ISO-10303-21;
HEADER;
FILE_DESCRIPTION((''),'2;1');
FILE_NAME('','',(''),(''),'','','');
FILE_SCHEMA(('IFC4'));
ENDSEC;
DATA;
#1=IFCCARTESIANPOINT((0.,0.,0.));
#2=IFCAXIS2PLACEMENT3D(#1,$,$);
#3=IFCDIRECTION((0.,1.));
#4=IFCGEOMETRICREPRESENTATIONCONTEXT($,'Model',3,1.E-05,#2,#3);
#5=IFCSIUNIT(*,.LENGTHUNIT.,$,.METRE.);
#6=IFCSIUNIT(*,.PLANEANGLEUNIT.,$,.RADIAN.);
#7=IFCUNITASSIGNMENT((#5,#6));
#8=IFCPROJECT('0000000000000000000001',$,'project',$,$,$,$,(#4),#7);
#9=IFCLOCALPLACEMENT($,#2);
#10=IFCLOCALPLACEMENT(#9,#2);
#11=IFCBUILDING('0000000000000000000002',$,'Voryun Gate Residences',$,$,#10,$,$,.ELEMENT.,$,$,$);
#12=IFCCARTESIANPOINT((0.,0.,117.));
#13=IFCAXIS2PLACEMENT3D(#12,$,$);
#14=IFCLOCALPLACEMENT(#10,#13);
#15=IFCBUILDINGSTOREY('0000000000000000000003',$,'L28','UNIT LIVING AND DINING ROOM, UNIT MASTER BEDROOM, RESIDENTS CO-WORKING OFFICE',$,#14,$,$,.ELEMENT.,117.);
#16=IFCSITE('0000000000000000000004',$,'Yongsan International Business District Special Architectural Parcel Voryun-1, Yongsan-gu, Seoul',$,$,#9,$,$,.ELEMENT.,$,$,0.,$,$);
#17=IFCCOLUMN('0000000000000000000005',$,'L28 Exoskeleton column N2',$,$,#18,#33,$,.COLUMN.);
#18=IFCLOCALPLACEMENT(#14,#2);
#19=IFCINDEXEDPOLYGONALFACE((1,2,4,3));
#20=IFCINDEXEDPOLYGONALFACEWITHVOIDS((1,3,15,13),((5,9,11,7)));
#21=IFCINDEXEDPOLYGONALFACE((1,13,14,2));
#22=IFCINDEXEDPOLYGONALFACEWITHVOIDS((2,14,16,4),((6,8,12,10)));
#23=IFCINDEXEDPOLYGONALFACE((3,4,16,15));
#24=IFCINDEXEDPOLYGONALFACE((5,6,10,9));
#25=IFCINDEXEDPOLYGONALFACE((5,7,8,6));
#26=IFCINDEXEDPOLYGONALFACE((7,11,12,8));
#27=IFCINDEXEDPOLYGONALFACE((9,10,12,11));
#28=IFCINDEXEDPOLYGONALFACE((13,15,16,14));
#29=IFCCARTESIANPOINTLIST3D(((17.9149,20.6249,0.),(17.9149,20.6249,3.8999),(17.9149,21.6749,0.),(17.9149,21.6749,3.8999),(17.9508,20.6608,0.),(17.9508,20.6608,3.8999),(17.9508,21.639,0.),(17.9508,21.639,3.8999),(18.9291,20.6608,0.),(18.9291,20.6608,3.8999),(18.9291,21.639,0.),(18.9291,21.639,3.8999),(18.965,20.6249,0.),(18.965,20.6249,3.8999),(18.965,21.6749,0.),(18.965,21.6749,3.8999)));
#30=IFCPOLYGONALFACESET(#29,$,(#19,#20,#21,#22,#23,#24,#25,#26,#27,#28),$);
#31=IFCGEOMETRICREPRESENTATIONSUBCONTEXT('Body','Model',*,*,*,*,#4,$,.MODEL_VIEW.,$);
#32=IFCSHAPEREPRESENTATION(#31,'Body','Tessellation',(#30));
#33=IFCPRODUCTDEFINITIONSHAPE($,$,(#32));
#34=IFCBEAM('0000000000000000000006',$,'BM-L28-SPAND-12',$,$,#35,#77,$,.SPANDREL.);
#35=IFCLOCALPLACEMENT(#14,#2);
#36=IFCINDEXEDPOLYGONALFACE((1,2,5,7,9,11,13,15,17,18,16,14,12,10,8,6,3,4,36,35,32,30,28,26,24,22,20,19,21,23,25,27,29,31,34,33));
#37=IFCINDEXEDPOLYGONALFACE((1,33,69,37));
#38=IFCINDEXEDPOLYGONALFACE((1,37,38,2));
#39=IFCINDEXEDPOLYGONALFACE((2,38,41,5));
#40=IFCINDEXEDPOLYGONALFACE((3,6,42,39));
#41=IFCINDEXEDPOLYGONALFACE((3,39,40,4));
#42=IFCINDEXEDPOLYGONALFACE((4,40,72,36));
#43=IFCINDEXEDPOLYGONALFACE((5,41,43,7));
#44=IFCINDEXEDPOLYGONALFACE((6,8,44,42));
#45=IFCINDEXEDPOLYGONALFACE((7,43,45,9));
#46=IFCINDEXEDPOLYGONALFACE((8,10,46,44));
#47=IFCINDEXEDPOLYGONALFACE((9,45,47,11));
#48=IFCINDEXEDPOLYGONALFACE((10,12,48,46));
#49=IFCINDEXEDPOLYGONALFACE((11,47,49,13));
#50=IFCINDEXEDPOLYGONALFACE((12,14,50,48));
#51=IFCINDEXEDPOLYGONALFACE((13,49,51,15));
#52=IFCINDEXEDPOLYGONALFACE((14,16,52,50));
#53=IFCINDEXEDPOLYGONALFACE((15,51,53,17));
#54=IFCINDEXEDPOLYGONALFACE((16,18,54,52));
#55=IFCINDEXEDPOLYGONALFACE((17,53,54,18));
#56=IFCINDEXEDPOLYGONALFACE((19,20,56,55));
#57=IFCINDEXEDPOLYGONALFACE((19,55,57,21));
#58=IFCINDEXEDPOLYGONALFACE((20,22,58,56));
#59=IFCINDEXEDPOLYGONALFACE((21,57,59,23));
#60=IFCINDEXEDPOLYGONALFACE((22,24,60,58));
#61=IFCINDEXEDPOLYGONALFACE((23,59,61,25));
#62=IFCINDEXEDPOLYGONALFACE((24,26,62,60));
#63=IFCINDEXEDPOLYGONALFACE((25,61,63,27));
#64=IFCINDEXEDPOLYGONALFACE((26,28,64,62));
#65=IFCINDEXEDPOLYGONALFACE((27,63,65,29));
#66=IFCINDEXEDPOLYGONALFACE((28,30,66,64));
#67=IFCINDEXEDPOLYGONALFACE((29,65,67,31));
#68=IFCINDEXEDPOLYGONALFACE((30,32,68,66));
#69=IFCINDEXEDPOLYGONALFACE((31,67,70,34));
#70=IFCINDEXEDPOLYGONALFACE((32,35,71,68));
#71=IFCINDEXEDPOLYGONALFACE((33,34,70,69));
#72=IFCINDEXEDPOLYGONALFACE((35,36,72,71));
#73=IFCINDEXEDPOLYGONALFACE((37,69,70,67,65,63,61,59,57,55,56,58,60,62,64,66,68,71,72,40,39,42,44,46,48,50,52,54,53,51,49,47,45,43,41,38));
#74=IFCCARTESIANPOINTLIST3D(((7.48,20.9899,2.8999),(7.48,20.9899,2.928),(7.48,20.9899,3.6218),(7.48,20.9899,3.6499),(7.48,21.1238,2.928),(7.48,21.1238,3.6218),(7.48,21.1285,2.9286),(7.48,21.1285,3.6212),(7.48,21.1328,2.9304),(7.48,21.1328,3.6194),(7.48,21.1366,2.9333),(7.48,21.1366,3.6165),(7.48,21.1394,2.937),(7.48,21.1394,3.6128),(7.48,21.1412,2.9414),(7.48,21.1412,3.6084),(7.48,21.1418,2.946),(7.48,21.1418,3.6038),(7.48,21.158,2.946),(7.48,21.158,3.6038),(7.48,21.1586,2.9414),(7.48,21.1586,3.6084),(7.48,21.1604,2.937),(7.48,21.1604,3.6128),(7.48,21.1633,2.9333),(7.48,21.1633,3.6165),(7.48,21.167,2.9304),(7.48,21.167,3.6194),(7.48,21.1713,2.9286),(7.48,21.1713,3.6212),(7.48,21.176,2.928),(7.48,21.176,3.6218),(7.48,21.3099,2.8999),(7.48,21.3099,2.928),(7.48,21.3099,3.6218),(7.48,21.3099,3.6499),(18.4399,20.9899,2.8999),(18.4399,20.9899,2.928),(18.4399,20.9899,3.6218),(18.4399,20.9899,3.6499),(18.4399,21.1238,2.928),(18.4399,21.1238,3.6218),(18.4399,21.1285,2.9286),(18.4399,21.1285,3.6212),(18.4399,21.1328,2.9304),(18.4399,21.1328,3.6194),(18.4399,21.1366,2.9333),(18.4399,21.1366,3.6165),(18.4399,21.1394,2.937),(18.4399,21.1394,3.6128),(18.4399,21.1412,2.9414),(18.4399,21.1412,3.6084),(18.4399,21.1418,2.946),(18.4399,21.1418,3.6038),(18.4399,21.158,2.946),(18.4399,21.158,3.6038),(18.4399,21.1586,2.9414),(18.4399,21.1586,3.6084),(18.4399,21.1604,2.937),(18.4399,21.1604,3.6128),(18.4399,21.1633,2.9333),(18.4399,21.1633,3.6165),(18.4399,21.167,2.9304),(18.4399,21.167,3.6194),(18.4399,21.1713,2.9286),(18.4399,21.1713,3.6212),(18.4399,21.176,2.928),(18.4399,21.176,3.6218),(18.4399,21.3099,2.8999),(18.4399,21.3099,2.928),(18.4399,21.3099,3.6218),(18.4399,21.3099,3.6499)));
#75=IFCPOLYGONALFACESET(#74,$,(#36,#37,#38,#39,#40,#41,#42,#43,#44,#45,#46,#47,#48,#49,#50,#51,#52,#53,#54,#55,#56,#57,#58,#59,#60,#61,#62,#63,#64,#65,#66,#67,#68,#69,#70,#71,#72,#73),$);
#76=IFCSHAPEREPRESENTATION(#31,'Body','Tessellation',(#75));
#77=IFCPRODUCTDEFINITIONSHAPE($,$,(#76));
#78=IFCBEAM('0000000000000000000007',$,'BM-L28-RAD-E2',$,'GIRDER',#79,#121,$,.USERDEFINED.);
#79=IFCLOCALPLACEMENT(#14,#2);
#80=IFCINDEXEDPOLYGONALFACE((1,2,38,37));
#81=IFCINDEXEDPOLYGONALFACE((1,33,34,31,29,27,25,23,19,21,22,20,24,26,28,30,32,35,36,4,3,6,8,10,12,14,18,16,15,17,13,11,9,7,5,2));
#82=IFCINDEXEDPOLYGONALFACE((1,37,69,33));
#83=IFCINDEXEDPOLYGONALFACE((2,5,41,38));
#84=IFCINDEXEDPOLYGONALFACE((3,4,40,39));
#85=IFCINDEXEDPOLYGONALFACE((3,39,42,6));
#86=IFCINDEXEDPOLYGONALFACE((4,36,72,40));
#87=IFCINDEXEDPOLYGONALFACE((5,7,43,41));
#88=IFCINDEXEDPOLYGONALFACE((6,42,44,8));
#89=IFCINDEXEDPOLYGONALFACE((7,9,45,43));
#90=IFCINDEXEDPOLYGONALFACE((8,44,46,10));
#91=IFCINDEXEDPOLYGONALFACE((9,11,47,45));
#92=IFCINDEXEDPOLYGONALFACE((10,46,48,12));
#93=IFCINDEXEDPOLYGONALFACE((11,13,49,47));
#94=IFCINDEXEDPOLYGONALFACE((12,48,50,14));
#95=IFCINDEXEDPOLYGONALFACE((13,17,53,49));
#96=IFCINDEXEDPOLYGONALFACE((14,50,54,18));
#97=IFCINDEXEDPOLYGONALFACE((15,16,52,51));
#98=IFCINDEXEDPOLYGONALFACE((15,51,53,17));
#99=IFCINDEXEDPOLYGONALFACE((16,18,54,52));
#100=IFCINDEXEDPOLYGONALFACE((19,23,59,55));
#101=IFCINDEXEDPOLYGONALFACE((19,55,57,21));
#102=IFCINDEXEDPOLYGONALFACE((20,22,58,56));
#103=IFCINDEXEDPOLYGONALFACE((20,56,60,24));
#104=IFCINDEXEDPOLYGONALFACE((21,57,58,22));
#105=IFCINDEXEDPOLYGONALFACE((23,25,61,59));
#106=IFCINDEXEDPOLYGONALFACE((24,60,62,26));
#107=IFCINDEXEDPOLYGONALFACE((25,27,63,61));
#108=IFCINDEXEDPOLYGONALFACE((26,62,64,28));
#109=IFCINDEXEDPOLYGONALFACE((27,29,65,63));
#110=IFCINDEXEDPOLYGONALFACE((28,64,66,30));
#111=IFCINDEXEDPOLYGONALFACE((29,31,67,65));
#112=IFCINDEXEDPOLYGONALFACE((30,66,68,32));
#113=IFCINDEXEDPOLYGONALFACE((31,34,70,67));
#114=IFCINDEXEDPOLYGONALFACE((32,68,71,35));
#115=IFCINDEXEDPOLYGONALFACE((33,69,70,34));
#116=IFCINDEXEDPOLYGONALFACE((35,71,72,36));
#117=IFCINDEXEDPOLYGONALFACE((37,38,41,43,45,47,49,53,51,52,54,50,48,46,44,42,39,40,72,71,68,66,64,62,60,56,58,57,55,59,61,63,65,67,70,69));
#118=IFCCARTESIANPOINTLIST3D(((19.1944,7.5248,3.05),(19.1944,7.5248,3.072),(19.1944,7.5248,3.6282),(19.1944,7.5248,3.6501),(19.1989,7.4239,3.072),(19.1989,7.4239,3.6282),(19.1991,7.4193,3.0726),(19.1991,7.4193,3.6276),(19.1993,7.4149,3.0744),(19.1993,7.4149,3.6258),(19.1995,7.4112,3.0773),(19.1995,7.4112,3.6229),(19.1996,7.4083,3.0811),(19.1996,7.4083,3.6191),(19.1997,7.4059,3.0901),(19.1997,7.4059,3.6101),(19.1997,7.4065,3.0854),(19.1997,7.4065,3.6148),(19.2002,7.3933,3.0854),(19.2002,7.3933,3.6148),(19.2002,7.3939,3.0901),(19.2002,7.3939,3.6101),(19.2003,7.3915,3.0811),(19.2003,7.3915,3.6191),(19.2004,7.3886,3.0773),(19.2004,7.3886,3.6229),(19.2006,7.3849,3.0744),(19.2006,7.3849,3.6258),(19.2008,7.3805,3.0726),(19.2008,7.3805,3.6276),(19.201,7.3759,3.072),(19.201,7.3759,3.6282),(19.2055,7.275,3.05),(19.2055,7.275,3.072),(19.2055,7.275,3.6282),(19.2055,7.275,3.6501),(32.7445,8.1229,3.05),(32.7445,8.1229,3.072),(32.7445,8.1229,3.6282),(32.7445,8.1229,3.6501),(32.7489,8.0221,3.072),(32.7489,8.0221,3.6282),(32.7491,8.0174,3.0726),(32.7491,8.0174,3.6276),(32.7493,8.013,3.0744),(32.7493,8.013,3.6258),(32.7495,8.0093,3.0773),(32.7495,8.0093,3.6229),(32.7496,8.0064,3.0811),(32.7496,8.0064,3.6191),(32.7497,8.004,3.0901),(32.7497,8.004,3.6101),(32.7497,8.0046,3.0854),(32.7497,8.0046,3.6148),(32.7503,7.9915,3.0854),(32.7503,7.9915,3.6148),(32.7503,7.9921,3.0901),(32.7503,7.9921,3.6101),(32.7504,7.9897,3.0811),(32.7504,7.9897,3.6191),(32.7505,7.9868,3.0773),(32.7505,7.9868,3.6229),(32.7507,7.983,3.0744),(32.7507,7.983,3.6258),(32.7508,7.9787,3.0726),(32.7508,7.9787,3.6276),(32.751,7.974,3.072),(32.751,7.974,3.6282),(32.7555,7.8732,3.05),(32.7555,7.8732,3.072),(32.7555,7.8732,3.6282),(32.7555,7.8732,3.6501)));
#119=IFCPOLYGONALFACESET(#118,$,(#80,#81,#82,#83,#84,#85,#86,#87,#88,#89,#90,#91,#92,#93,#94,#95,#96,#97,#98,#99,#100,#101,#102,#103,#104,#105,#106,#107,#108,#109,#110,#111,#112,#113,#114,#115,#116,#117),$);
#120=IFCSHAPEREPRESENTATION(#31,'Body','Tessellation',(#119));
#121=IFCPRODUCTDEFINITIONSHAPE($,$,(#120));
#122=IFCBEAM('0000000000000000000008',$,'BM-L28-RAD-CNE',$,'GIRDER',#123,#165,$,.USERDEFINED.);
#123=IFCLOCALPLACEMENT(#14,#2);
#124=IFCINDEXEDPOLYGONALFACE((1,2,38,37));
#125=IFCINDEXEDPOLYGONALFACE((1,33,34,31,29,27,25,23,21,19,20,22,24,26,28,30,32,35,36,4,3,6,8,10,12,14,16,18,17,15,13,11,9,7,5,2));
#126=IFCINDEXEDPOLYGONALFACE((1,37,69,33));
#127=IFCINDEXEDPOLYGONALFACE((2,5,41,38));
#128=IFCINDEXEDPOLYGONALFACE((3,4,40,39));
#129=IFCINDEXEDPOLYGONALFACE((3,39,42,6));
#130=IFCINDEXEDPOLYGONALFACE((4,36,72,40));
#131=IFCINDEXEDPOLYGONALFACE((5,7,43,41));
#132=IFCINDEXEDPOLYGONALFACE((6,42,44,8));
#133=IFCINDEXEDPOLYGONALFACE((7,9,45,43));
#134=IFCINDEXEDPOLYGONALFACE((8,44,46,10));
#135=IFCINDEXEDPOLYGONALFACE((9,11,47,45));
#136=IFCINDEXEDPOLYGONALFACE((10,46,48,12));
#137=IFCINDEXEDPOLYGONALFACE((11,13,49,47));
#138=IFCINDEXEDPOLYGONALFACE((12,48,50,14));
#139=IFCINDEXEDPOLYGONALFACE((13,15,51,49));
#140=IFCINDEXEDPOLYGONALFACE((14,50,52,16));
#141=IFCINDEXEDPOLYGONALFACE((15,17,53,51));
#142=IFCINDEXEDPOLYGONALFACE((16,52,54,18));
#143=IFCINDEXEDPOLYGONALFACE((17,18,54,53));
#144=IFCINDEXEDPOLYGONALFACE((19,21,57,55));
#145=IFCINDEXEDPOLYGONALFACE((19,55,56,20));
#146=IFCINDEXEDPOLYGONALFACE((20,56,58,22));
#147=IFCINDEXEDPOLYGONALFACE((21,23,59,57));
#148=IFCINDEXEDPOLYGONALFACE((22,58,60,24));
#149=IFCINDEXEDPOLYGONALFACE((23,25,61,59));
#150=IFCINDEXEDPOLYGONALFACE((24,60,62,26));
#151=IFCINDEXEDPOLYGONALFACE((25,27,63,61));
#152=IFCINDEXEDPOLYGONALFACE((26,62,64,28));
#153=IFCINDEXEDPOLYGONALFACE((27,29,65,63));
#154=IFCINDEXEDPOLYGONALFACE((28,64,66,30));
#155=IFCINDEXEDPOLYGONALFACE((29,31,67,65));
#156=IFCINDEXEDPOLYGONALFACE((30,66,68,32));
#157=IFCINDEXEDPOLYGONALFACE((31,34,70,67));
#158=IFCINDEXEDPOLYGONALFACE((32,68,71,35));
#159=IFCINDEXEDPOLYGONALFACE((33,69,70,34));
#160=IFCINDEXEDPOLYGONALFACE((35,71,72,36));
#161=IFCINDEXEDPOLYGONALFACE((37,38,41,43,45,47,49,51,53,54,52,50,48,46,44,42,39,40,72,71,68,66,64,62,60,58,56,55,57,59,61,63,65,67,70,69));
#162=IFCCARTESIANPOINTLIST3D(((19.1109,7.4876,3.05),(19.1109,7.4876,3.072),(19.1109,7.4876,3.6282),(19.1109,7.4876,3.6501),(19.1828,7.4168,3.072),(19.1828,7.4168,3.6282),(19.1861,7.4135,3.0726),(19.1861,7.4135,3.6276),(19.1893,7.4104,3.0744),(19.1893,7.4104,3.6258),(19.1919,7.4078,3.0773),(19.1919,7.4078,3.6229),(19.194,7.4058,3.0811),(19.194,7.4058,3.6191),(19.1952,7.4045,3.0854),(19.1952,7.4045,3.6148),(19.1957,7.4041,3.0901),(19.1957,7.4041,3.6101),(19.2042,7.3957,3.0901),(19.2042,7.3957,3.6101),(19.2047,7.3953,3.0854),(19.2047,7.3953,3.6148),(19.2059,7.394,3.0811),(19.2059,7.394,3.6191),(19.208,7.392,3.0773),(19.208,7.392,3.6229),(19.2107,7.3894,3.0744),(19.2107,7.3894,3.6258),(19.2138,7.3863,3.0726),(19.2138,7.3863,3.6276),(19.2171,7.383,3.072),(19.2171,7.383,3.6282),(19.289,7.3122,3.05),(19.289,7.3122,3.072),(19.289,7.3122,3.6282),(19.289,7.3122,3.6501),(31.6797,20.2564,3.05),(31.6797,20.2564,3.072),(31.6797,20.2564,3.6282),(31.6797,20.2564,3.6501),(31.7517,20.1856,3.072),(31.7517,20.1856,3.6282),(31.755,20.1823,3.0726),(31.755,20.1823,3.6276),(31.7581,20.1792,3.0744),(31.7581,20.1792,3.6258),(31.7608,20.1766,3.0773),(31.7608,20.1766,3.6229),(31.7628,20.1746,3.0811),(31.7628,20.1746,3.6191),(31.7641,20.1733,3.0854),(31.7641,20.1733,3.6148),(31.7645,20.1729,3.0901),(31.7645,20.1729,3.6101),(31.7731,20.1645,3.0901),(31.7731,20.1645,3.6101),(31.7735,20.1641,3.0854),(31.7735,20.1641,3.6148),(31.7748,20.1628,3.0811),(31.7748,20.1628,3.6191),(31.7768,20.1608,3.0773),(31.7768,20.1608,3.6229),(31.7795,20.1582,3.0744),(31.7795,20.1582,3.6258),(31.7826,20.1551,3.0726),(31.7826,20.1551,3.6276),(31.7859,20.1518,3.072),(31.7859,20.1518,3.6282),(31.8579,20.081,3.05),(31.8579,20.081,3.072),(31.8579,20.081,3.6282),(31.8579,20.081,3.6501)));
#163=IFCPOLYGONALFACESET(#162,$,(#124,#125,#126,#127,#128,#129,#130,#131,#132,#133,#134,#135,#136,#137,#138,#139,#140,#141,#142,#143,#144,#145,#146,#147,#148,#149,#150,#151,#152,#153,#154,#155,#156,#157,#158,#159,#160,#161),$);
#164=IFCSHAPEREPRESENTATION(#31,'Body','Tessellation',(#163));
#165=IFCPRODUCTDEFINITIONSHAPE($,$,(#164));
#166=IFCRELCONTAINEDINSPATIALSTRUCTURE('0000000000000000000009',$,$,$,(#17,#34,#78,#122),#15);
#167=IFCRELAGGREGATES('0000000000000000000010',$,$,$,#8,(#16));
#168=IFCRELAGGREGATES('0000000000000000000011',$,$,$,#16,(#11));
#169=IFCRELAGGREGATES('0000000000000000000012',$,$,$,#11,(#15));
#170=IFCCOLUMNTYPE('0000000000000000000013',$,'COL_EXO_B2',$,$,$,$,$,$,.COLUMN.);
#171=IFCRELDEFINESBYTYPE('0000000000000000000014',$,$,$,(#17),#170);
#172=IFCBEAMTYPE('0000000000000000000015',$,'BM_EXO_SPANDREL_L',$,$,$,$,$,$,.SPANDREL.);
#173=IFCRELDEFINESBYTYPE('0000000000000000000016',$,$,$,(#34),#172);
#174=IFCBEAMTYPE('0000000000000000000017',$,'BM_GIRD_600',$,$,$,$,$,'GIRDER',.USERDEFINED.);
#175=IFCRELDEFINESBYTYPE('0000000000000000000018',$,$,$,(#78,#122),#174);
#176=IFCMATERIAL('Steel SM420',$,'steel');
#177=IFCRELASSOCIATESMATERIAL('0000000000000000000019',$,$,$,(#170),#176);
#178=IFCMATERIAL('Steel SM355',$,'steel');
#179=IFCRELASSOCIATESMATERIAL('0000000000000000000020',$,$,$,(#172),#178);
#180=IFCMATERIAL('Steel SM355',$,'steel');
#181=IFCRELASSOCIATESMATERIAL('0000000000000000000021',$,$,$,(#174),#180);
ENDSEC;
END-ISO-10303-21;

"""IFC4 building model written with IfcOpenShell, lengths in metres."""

from ifc_helpers import new_model, si_unit, direction, frame, origin, origin_2d, place, context, subcontext, project, spatial, hollow_rectangle, i_section, extrude, material, material_profile, profile_set, type_object, element, save


model = new_model("IFC4")

# Units and contexts
model_context = context("Model", 3, precision=1e-05, world=origin(), true_north=direction((0.0, 1.0)))
body_context = subcontext(model_context, "Body", "Model", "MODEL_VIEW")
ifc_project = project(units=[si_unit("LENGTHUNIT", "METRE"), si_unit("PLANEANGLEUNIT", "RADIAN")], contexts=[model_context])

# Site, building, storey
site_placement = place(None, origin())
site = spatial("IfcSite", under=ifc_project, at=site_placement, Name="Yongsan International Business District Special Architectural Parcel Voryun-1, Yongsan-gu, Seoul", CompositionType="ELEMENT", RefElevation=0.0)
building_placement = place(site_placement, origin())
building = spatial("IfcBuilding", under=site, at=building_placement, Name="Voryun Gate Residences", CompositionType="ELEMENT")
storey_placement = place(building_placement, frame((0.0, 0.0, 117.0)))
storey = spatial("IfcBuildingStorey", under=building, at=storey_placement, Name="L28", Description="UNIT LIVING AND DINING ROOM, UNIT MASTER BEDROOM, RESIDENTS CO-WORKING OFFICE", CompositionType="ELEMENT", Elevation=117.0)

# Column
ifc_material_1 = material(Name="Steel SM420", Category="steel")
ifc_material_profile_1 = material_profile(ifc_material_1, hollow_rectangle(XDim=1.05, YDim=1.05, WallThickness=0.0359, at=origin_2d()), Name="BOX-1050x1050x36")
ifc_profile_set_1 = profile_set([ifc_material_profile_1], Name="Steel SM420")
column_type = type_object("IfcColumnType", Name="COL_EXO_B2", PredefinedType="COLUMN", material=ifc_profile_set_1)
column_placement = place(storey_placement, frame((18.4399, 21.1499, 0.0), z_axis=(0.0, 0.0, 1.0), x_axis=(1.0, 0.0, 0.0)))
element("IfcColumn", 1, at=column_placement, inside=storey, type_object=column_type, Name="L28 Exoskeleton column N2", PredefinedType="COLUMN", context=body_context, shape_type="SweptSolid", body=[
    extrude(hollow_rectangle(XDim=1.05, YDim=1.05, WallThickness=0.0359, at=origin_2d()), origin(), (0.0, 0.0, 1.0), 3.8999),
])

# Beams
ifc_material_2 = material(Name="Steel SM355", Category="steel")
ifc_material_profile_2 = material_profile(ifc_material_2, i_section(OverallWidth=0.3201, OverallDepth=0.75, WebThickness=0.0161, FlangeThickness=0.0281, FilletRadius=0.0181, at=origin_2d()), Name="H-750x320x16x28")
ifc_profile_set_2 = profile_set([ifc_material_profile_2], Name="Steel SM355")
beam_type_1 = type_object("IfcBeamType", Name="BM_EXO_SPANDREL_L", PredefinedType="SPANDREL", material=ifc_profile_set_2)
beam_1_placement = place(storey_placement, frame((18.4399, 21.1499, 3.2749), z_axis=(-1.0, 0.0, 0.0), x_axis=(0.0, -1.0, 0.0)))
element("IfcBeam", 2, at=beam_1_placement, inside=storey, type_object=beam_type_1, Name="BM-L28-SPAND-12", PredefinedType="SPANDREL", context=body_context, shape_type="SweptSolid", body=[
    extrude(i_section(OverallWidth=0.3201, OverallDepth=0.75, WebThickness=0.0161, FlangeThickness=0.0281, FilletRadius=0.0181, at=origin_2d()), origin(), (0.0, 0.0, 1.0), 10.96),
])
ifc_material_3 = material(Name="Steel SM355", Category="steel")
ifc_material_profile_3 = material_profile(ifc_material_3, i_section(OverallWidth=0.25, OverallDepth=0.6001, WebThickness=0.012, FlangeThickness=0.022, FilletRadius=0.0181, at=origin_2d()), Name="H-600x250x12x22")
ifc_profile_set_3 = profile_set([ifc_material_profile_3], Name="Steel SM355")
beam_type_2 = type_object("IfcBeamType", Name="BM_GIRD_600", ElementType="GIRDER", PredefinedType="USERDEFINED", material=ifc_profile_set_3)
beam_2_placement = place(storey_placement, frame((19.2, 7.3999, 3.3501), z_axis=(0.999027, 0.0441, 0.0), x_axis=(-0.0441, 0.999027, 0.0)))
element("IfcBeam", 3, at=beam_2_placement, inside=storey, type_object=beam_type_2, Name="BM-L28-RAD-E2", ObjectType="GIRDER", PredefinedType="USERDEFINED", context=body_context, shape_type="SweptSolid", body=[
    extrude(i_section(OverallWidth=0.25, OverallDepth=0.6001, WebThickness=0.012, FlangeThickness=0.022, FilletRadius=0.0181, at=origin_2d()), origin(), (0.0, 0.0, 1.0), 13.5632),
])
beam_3_placement = place(storey_placement, frame((19.2, 7.3999, 3.3501), z_axis=(0.701505, 0.712665, 0.0), x_axis=(-0.712665, 0.701505, 0.0)))
element("IfcBeam", 4, at=beam_3_placement, inside=storey, type_object=beam_type_2, Name="BM-L28-RAD-CNE", ObjectType="GIRDER", PredefinedType="USERDEFINED", context=body_context, shape_type="SweptSolid", body=[
    extrude(i_section(OverallWidth=0.25, OverallDepth=0.6001, WebThickness=0.012, FlangeThickness=0.022, FilletRadius=0.0181, at=origin_2d()), origin(), (0.0, 0.0, 1.0), 17.917),
])

save(model, "model.ifc")
